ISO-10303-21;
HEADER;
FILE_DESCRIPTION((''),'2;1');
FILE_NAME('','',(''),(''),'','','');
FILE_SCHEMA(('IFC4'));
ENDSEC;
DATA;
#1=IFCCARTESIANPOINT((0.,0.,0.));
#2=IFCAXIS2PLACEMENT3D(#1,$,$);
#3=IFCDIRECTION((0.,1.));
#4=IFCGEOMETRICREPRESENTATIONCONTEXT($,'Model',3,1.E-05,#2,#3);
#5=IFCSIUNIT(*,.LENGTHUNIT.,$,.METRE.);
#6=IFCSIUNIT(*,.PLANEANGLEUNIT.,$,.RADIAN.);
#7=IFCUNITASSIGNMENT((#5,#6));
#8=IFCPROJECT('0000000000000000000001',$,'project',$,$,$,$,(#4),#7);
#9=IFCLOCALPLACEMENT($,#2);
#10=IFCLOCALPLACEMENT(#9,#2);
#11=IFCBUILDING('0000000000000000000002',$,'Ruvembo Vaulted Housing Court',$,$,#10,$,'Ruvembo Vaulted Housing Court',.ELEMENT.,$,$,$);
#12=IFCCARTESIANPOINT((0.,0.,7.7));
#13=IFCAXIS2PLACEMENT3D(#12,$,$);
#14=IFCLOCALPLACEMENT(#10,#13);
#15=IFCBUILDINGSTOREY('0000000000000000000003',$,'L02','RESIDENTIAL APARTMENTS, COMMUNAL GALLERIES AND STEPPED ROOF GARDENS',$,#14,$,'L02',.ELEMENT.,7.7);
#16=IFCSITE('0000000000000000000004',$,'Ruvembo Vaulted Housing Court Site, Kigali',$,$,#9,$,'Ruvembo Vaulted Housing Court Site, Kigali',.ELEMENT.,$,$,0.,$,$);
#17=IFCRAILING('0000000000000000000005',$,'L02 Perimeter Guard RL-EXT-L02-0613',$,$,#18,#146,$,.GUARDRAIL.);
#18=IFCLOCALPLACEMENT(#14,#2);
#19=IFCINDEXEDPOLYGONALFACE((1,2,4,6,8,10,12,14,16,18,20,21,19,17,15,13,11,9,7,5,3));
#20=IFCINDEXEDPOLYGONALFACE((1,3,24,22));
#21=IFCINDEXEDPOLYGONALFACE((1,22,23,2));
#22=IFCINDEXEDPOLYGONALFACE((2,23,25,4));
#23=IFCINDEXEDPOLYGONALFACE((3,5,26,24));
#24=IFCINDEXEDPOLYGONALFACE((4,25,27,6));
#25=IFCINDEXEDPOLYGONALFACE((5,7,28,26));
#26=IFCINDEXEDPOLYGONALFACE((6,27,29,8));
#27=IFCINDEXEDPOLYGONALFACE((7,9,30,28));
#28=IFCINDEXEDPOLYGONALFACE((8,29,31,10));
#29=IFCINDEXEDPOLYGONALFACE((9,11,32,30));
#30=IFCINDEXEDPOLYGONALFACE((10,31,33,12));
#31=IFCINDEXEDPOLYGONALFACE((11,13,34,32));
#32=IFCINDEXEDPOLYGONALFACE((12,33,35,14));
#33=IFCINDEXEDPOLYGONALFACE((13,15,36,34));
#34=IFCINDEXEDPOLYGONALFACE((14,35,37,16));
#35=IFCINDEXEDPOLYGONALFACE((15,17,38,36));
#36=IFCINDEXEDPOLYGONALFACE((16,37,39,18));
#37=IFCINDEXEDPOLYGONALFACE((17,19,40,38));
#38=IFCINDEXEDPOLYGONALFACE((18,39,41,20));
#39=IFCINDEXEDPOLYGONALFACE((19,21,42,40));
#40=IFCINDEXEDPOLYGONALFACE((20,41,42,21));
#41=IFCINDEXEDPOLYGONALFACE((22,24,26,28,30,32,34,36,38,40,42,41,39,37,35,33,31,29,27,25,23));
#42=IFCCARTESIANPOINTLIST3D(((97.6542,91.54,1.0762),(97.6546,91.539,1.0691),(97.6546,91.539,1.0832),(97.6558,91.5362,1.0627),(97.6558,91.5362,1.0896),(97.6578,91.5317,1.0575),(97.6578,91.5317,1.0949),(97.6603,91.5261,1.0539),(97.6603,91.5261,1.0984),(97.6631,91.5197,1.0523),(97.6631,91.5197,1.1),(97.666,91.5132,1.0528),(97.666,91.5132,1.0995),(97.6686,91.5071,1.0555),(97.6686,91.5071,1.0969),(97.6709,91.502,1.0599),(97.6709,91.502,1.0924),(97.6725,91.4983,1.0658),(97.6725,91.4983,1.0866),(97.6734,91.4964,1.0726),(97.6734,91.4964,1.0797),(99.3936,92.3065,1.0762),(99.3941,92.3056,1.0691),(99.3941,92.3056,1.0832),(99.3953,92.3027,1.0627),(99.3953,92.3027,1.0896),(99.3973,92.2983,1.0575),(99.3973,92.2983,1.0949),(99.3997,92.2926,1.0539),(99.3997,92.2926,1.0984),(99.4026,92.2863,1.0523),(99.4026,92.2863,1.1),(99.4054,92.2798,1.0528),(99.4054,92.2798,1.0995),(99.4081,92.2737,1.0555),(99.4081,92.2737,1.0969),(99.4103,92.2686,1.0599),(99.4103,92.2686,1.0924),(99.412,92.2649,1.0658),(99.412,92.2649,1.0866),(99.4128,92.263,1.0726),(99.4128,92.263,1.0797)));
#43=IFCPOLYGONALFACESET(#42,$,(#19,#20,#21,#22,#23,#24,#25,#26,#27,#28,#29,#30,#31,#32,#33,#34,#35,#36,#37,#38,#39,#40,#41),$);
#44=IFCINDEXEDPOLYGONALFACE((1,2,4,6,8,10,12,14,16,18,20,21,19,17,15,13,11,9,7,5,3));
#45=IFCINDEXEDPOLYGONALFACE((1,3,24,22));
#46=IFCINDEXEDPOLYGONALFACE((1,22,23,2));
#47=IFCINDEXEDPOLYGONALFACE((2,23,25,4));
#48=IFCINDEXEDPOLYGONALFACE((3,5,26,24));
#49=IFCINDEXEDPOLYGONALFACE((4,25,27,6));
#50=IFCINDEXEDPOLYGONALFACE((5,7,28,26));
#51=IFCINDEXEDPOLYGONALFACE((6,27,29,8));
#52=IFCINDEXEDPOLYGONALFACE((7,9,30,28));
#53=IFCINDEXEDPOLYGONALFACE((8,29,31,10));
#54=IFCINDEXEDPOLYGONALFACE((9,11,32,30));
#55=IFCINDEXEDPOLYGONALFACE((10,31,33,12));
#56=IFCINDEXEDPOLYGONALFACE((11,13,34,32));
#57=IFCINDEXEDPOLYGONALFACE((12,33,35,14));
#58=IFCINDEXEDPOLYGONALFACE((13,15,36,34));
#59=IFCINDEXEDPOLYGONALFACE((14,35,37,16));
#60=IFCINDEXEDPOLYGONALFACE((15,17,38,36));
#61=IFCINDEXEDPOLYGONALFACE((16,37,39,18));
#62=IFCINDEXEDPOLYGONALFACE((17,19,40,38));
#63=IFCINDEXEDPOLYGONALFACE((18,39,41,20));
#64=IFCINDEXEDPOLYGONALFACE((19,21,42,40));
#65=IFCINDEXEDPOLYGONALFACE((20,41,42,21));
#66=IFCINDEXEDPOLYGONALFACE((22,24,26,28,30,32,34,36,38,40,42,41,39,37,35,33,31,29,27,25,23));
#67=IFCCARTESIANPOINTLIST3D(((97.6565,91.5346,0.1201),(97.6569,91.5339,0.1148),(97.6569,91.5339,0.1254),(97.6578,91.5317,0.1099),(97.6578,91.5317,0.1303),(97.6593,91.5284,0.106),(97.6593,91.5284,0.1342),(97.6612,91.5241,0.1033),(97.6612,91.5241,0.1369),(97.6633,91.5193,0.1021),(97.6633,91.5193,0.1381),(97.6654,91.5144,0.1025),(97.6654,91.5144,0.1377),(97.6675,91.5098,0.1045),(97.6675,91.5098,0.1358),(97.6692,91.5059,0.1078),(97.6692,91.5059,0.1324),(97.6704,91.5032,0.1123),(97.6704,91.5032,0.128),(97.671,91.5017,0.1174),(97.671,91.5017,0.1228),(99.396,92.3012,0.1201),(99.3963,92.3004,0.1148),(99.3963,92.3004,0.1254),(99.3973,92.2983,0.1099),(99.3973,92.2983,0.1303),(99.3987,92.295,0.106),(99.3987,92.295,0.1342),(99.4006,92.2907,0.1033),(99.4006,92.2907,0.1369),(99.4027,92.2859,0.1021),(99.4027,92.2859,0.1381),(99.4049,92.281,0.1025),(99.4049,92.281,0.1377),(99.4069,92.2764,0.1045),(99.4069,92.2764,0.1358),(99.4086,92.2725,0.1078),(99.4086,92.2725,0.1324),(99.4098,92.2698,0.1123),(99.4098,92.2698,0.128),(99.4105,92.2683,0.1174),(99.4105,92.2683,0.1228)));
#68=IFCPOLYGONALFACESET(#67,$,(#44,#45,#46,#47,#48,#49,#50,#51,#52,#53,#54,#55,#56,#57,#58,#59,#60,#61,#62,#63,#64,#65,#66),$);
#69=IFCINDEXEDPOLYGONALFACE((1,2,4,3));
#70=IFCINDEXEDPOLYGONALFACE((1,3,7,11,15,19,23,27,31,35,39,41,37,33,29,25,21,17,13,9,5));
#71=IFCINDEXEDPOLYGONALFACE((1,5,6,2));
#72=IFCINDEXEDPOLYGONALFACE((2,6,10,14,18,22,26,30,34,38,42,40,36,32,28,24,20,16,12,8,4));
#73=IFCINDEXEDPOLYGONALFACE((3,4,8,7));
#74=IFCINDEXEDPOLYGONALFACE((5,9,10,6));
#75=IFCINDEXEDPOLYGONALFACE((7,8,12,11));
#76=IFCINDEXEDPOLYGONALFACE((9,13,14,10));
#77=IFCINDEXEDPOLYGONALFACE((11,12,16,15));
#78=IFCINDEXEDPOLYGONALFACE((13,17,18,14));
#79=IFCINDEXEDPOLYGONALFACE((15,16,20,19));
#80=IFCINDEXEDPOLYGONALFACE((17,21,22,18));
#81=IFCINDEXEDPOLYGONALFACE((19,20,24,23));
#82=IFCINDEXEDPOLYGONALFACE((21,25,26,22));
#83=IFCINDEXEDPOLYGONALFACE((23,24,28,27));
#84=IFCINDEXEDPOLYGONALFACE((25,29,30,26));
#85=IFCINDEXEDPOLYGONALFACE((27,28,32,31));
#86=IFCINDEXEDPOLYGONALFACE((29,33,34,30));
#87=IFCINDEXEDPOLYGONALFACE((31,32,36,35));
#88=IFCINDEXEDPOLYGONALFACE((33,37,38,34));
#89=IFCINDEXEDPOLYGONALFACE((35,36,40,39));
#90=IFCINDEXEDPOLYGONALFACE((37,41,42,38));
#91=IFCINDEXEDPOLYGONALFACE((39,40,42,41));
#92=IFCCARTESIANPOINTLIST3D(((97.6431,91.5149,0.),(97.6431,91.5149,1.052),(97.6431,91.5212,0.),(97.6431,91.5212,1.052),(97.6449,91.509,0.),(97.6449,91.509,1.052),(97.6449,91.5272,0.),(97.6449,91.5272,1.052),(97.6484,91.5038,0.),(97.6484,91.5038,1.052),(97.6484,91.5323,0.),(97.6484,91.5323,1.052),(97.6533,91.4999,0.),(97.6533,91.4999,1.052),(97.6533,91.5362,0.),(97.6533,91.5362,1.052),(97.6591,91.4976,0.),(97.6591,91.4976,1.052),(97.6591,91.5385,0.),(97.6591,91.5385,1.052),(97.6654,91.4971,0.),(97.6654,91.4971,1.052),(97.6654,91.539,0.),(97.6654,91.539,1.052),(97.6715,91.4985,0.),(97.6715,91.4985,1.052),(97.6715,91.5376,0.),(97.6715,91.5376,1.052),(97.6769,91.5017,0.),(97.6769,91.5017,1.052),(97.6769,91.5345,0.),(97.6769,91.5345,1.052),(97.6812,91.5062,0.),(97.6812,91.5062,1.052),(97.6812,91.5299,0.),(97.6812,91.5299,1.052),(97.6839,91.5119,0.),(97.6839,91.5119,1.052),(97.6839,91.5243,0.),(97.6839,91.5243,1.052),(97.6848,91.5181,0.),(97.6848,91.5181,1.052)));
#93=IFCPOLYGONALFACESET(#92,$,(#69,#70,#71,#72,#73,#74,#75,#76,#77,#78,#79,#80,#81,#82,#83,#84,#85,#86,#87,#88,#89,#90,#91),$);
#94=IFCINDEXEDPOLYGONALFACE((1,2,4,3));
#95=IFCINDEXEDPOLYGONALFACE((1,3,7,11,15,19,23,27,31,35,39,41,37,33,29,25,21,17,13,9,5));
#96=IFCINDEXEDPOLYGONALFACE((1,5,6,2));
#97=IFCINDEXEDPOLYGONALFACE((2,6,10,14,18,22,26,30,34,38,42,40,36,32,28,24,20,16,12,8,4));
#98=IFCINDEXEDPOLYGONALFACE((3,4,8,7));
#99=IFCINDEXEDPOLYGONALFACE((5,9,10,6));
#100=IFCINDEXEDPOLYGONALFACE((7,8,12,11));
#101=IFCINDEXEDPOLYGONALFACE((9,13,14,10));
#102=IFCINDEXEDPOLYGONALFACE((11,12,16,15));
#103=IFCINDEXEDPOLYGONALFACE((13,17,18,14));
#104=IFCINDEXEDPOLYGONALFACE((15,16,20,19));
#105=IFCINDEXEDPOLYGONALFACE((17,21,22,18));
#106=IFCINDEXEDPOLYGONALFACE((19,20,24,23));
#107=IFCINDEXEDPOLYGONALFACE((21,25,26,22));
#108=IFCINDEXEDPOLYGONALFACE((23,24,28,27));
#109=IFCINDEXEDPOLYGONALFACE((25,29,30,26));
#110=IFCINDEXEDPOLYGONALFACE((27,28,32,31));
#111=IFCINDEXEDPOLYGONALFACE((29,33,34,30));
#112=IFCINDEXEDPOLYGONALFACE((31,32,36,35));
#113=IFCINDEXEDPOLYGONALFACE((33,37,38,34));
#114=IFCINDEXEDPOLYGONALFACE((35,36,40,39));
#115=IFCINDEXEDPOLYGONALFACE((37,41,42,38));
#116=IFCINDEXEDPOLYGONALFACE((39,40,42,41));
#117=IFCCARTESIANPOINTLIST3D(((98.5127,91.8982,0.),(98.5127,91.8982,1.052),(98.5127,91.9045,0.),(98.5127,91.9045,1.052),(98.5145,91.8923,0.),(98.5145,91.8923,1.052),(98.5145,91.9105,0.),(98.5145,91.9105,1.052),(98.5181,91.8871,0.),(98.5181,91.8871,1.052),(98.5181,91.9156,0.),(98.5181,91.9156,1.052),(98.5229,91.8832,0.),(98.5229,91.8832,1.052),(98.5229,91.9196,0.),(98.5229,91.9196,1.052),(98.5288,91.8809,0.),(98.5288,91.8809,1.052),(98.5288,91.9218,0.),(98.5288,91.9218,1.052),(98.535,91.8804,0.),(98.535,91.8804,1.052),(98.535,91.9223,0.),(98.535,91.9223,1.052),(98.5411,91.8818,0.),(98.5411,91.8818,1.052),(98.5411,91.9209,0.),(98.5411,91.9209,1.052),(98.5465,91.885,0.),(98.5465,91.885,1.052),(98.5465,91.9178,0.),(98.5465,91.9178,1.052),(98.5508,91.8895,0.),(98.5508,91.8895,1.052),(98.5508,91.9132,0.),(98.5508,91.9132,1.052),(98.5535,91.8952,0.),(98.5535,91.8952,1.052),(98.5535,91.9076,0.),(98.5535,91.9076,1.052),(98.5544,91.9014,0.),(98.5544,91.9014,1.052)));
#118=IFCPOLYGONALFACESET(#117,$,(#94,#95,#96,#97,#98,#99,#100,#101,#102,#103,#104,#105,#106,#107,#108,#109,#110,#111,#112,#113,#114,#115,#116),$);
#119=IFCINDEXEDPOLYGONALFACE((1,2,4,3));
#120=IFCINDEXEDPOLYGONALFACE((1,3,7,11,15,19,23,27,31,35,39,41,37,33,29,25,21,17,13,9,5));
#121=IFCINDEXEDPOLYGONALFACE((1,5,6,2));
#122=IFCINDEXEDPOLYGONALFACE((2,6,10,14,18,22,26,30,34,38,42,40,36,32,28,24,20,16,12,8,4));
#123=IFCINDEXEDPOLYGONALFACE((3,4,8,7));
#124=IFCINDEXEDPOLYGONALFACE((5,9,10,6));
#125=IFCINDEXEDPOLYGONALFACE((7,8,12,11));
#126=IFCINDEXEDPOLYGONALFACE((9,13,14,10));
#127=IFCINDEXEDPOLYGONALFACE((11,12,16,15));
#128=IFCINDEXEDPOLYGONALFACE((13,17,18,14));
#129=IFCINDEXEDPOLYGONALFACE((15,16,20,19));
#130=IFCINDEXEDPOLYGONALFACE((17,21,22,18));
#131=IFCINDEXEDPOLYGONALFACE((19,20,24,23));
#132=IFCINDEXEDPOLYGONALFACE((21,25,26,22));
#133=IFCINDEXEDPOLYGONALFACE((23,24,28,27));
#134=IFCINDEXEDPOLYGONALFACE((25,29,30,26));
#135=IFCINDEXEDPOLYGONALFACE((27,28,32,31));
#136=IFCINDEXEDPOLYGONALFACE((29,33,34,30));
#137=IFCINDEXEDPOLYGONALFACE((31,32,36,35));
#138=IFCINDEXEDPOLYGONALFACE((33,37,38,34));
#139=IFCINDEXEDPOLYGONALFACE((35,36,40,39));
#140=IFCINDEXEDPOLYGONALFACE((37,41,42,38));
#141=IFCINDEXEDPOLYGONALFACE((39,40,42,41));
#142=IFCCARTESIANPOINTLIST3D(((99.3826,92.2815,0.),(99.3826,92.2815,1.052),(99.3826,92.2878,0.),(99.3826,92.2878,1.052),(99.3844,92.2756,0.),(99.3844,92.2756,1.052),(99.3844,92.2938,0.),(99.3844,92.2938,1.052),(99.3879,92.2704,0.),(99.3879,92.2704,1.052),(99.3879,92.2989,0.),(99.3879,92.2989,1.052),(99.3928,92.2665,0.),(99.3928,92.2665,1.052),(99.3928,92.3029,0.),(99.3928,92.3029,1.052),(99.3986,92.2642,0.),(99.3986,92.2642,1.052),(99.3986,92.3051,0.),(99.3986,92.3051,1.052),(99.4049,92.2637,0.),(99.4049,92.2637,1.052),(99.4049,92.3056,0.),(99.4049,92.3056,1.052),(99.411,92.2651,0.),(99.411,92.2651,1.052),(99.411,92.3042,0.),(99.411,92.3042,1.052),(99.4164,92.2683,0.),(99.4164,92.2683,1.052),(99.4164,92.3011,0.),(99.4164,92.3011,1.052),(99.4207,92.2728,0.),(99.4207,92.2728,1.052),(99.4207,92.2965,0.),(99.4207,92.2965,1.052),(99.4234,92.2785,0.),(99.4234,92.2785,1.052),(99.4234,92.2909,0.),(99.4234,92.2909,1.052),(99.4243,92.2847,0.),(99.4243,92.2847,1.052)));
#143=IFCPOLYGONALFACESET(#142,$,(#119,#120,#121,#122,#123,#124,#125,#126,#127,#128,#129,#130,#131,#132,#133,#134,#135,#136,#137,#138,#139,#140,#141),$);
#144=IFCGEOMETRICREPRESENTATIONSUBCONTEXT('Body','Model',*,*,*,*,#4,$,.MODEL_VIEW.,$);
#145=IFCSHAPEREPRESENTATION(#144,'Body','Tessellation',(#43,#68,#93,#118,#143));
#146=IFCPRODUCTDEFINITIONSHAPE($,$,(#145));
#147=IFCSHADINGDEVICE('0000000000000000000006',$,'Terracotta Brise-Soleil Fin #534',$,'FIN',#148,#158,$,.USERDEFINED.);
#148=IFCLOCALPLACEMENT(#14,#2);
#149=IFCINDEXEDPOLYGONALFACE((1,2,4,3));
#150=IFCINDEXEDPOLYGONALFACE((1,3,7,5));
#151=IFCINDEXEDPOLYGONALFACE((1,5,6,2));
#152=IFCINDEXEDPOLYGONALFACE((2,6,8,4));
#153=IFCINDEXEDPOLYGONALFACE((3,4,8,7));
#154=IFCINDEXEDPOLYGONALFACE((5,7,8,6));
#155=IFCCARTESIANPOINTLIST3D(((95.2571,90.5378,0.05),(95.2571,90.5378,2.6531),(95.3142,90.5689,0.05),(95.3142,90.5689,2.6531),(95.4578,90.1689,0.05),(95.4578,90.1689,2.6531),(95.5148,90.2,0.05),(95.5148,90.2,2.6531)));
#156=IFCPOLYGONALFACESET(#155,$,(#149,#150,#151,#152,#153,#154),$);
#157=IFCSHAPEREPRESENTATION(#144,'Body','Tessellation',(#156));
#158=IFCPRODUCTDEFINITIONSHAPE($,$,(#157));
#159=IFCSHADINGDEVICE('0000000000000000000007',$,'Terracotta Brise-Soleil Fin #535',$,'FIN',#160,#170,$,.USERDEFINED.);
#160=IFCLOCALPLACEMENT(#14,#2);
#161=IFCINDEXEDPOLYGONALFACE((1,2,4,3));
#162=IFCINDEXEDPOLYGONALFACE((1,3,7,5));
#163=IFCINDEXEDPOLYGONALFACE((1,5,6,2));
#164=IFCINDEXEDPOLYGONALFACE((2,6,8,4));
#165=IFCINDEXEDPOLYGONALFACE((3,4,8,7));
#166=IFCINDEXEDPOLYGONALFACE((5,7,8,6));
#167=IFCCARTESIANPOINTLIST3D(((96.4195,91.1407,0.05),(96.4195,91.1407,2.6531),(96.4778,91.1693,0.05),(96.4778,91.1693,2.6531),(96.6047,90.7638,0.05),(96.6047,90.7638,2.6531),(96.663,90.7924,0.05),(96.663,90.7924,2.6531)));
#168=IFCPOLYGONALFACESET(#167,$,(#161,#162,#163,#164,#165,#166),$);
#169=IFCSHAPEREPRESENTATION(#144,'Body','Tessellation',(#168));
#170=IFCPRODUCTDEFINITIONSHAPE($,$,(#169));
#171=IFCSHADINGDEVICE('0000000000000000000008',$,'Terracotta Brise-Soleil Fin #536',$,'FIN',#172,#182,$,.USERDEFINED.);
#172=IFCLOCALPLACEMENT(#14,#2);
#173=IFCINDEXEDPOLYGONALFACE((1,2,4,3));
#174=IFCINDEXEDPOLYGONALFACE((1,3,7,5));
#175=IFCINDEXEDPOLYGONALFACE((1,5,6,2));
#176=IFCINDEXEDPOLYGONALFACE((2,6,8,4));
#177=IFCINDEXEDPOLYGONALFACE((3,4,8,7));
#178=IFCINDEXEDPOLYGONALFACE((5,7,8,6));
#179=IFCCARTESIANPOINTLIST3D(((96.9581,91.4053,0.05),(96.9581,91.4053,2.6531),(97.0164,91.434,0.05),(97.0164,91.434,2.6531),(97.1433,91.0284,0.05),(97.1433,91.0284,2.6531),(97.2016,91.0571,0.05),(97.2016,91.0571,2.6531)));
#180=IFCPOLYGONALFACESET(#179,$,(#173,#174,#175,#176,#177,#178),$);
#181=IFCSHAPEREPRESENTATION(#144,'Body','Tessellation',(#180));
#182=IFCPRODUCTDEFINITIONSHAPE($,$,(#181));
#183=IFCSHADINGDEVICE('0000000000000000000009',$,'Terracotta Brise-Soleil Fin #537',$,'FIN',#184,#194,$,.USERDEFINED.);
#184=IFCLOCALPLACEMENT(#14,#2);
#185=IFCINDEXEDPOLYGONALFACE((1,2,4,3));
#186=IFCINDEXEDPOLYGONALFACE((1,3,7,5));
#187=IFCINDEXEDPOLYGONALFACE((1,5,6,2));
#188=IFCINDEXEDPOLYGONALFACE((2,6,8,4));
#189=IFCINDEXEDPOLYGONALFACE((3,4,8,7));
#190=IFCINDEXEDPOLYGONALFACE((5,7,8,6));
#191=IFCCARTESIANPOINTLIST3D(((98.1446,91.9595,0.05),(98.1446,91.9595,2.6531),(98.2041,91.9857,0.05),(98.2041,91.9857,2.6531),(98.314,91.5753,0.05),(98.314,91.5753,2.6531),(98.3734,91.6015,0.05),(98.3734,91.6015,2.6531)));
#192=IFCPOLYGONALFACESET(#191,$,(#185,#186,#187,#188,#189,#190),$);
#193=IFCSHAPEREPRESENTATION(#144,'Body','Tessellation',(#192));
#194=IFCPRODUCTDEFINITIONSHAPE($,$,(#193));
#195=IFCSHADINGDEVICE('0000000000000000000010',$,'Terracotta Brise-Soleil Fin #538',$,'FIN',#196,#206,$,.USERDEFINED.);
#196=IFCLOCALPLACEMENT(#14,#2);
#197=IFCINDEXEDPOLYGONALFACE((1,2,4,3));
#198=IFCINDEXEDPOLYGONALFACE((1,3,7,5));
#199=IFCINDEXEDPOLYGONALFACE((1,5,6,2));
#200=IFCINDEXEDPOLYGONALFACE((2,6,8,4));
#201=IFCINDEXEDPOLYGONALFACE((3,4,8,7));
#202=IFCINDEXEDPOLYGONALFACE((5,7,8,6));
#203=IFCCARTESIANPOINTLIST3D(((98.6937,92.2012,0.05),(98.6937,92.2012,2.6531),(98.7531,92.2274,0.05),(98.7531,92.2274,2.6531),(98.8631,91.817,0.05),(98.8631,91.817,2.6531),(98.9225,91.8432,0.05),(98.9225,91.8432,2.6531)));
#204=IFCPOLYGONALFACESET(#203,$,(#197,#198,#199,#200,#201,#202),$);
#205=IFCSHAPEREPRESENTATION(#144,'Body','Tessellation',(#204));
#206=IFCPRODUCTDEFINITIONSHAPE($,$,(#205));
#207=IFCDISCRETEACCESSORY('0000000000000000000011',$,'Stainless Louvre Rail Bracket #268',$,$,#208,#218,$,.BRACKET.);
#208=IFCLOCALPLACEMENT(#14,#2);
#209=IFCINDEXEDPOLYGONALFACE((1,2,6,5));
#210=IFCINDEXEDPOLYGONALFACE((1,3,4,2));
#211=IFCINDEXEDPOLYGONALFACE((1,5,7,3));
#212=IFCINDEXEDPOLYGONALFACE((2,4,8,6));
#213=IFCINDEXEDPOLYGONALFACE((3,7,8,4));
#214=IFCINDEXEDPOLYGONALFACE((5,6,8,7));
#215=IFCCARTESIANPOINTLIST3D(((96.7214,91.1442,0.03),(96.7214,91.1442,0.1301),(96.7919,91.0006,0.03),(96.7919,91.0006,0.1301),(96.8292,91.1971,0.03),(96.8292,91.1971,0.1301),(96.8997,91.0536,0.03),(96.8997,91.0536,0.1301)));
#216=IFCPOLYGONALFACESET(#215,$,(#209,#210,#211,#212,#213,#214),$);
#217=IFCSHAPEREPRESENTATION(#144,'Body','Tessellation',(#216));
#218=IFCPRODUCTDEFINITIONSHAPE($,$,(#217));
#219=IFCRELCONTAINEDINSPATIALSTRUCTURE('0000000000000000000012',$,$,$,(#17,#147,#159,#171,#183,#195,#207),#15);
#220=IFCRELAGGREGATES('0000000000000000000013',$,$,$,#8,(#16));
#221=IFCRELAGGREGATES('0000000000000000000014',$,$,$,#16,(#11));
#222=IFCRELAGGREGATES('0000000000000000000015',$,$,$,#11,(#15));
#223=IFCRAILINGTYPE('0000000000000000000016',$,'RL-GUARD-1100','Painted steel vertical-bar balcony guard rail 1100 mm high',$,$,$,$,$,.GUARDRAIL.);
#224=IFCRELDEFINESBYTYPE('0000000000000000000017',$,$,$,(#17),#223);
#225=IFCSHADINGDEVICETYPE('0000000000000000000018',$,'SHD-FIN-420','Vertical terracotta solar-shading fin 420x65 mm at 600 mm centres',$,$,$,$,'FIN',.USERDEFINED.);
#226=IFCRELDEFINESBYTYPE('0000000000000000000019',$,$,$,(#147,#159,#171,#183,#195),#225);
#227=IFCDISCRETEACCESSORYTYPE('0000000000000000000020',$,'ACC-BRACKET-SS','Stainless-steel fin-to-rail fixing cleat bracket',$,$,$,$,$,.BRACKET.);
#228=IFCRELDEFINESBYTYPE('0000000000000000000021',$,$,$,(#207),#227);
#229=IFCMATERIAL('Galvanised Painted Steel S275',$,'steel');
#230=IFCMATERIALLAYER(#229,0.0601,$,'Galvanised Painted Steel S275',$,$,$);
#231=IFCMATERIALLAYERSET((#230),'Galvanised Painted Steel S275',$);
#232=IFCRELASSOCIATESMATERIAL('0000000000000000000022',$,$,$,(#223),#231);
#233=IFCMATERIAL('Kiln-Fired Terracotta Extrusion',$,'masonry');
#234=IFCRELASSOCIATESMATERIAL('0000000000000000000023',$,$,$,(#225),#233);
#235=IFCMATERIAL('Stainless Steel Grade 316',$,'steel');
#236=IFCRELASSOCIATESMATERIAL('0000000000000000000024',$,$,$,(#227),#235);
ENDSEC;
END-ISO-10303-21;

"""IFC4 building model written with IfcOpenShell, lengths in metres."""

from ifc_helpers import new_model, si_unit, direction, frame, origin, origin_2d, place, context, subcontext, project, spatial, rectangle, circle, extrude, material, layer, layer_set, type_object, element, save


model = new_model("IFC4")

# Units and contexts
model_context = context("Model", 3, precision=1e-05, world=origin(), true_north=direction((0.0, 1.0)))
body_context = subcontext(model_context, "Body", "Model", "MODEL_VIEW")
ifc_project = project(units=[si_unit("LENGTHUNIT", "METRE"), si_unit("PLANEANGLEUNIT", "RADIAN")], contexts=[model_context])

# Site, building, storey
site_placement = place(None, origin())
site = spatial("IfcSite", under=ifc_project, at=site_placement, Name="Ruvembo Vaulted Housing Court Site, Kigali", LongName="Ruvembo Vaulted Housing Court Site, Kigali", CompositionType="ELEMENT", RefElevation=0.0)
building_placement = place(site_placement, origin())
building = spatial("IfcBuilding", under=site, at=building_placement, Name="Ruvembo Vaulted Housing Court", LongName="Ruvembo Vaulted Housing Court", CompositionType="ELEMENT")
storey_placement = place(building_placement, frame((0.0, 0.0, 7.7)))
storey = spatial("IfcBuildingStorey", under=building, at=storey_placement, Name="L02", Description="RESIDENTIAL APARTMENTS, COMMUNAL GALLERIES AND STEPPED ROOF GARDENS", LongName="L02", CompositionType="ELEMENT", Elevation=7.7)

# Railing
ifc_material_1 = material(Name="Galvanised Painted Steel S275", Category="steel")
ifc_layer_1 = layer(ifc_material_1, 0.0601, Name="Galvanised Painted Steel S275")
ifc_layer_set_1 = layer_set([ifc_layer_1], Name="Galvanised Painted Steel S275")
railing_type = type_object("IfcRailingType", Name="RL-GUARD-1100", Description="Painted steel vertical-bar balcony guard rail 1100 mm high", PredefinedType="GUARDRAIL", material=ifc_layer_set_1)
railing_1_placement = place(storey_placement, frame((97.6638, 91.5181, 0.0)))
element("IfcRailing", 1, at=railing_1_placement, inside=storey, type_object=railing_type, Name="L02 Perimeter Guard RL-EXT-L02-0613", PredefinedType="GUARDRAIL", context=body_context, shape_type="SweptSolid", body=[
    extrude(circle(Radius=0.0239, at=origin_2d()), frame((0.0, 0.0, 1.0762), z_axis=(0.915078, 0.403277, 0.0), x_axis=(-0.403277, 0.915078, 0.0)), (0.0, 0.0, 1.0), 1.9009),
    extrude(circle(Radius=0.0181, at=origin_2d()), frame((0.0, 0.0, 0.1201), z_axis=(0.915078, 0.403277, 0.0), x_axis=(-0.403277, 0.915078, 0.0)), (0.0, 0.0, 1.0), 1.9009),
    extrude(circle(Radius=0.021, at=origin_2d()), origin(), (0.0, 0.0, 1.0), 1.052),
    extrude(circle(Radius=0.021, at=origin_2d()), frame((0.8696, 0.3833, 0.0)), (0.0, 0.0, 1.0), 1.052),
    extrude(circle(Radius=0.021, at=origin_2d()), frame((1.7395, 0.7666, 0.0)), (0.0, 0.0, 1.0), 1.052),
])

# Shading devices
ifc_material_2 = material(Name="Kiln-Fired Terracotta Extrusion", Category="masonry")
shading_device_type = type_object("IfcShadingDeviceType", Name="SHD-FIN-420", Description="Vertical terracotta solar-shading fin 420x65 mm at 600 mm centres", ElementType="FIN", PredefinedType="USERDEFINED", material=ifc_material_2)
for number, where, z_axis, x_axis, name in (
    (2, (95.386, 90.3689, 0.05), (0.0, 0.0, 1.0), (0.477788, -0.878475, 0.0), "Terracotta Brise-Soleil Fin #534"),
    (3, (96.5413, 90.9666, 0.05), (0.0, 0.0, 1.0), (0.440911, -0.897551, 0.0), "Terracotta Brise-Soleil Fin #535"),
    (4, (97.0798, 91.2312, 0.05), (0.0, 0.0, 1.0), (0.440911, -0.897551, 0.0), "Terracotta Brise-Soleil Fin #536"),
    (5, (98.259, 91.7805, 0.05), (0.0, 0.0, 1.0), (0.403306, -0.915065, 0.0), "Terracotta Brise-Soleil Fin #537"),
    (6, (98.8081, 92.0222, 0.05), (0.0, 0.0, 1.0), (0.403306, -0.915065, 0.0), "Terracotta Brise-Soleil Fin #538"),
):
    element("IfcShadingDevice", number, at=place(storey_placement, frame(where, z_axis=z_axis, x_axis=x_axis)), inside=storey, type_object=shading_device_type, Name=name, ObjectType="FIN", PredefinedType="USERDEFINED", context=body_context, shape_type="SweptSolid", body=[
        extrude(rectangle(XDim=0.4199, YDim=0.0649, at=origin_2d()), origin(), (0.0, 0.0, 1.0), 2.603),
    ])

# Discrete accessory
ifc_material_3 = material(Name="Stainless Steel Grade 316", Category="steel")
discrete_accessory_type = type_object("IfcDiscreteAccessoryType", Name="ACC-BRACKET-SS", Description="Stainless-steel fin-to-rail fixing cleat bracket", PredefinedType="BRACKET", material=ifc_material_3)
for number, where, z_axis, x_axis, name in (
    (7, (96.8105, 91.0989, 0.03), (0.0, 0.0, 1.0), (0.440911, -0.897551, 0.0), "Stainless Louvre Rail Bracket #268"),
):
    element("IfcDiscreteAccessory", number, at=place(storey_placement, frame(where, z_axis=z_axis, x_axis=x_axis)), inside=storey, type_object=discrete_accessory_type, Name=name, PredefinedType="BRACKET", context=body_context, shape_type="SweptSolid", body=[
        extrude(rectangle(XDim=0.1599, YDim=0.1201, at=origin_2d()), origin(), (0.0, 0.0, 1.0), 0.1001),
    ])

save(model, "model.ifc")
